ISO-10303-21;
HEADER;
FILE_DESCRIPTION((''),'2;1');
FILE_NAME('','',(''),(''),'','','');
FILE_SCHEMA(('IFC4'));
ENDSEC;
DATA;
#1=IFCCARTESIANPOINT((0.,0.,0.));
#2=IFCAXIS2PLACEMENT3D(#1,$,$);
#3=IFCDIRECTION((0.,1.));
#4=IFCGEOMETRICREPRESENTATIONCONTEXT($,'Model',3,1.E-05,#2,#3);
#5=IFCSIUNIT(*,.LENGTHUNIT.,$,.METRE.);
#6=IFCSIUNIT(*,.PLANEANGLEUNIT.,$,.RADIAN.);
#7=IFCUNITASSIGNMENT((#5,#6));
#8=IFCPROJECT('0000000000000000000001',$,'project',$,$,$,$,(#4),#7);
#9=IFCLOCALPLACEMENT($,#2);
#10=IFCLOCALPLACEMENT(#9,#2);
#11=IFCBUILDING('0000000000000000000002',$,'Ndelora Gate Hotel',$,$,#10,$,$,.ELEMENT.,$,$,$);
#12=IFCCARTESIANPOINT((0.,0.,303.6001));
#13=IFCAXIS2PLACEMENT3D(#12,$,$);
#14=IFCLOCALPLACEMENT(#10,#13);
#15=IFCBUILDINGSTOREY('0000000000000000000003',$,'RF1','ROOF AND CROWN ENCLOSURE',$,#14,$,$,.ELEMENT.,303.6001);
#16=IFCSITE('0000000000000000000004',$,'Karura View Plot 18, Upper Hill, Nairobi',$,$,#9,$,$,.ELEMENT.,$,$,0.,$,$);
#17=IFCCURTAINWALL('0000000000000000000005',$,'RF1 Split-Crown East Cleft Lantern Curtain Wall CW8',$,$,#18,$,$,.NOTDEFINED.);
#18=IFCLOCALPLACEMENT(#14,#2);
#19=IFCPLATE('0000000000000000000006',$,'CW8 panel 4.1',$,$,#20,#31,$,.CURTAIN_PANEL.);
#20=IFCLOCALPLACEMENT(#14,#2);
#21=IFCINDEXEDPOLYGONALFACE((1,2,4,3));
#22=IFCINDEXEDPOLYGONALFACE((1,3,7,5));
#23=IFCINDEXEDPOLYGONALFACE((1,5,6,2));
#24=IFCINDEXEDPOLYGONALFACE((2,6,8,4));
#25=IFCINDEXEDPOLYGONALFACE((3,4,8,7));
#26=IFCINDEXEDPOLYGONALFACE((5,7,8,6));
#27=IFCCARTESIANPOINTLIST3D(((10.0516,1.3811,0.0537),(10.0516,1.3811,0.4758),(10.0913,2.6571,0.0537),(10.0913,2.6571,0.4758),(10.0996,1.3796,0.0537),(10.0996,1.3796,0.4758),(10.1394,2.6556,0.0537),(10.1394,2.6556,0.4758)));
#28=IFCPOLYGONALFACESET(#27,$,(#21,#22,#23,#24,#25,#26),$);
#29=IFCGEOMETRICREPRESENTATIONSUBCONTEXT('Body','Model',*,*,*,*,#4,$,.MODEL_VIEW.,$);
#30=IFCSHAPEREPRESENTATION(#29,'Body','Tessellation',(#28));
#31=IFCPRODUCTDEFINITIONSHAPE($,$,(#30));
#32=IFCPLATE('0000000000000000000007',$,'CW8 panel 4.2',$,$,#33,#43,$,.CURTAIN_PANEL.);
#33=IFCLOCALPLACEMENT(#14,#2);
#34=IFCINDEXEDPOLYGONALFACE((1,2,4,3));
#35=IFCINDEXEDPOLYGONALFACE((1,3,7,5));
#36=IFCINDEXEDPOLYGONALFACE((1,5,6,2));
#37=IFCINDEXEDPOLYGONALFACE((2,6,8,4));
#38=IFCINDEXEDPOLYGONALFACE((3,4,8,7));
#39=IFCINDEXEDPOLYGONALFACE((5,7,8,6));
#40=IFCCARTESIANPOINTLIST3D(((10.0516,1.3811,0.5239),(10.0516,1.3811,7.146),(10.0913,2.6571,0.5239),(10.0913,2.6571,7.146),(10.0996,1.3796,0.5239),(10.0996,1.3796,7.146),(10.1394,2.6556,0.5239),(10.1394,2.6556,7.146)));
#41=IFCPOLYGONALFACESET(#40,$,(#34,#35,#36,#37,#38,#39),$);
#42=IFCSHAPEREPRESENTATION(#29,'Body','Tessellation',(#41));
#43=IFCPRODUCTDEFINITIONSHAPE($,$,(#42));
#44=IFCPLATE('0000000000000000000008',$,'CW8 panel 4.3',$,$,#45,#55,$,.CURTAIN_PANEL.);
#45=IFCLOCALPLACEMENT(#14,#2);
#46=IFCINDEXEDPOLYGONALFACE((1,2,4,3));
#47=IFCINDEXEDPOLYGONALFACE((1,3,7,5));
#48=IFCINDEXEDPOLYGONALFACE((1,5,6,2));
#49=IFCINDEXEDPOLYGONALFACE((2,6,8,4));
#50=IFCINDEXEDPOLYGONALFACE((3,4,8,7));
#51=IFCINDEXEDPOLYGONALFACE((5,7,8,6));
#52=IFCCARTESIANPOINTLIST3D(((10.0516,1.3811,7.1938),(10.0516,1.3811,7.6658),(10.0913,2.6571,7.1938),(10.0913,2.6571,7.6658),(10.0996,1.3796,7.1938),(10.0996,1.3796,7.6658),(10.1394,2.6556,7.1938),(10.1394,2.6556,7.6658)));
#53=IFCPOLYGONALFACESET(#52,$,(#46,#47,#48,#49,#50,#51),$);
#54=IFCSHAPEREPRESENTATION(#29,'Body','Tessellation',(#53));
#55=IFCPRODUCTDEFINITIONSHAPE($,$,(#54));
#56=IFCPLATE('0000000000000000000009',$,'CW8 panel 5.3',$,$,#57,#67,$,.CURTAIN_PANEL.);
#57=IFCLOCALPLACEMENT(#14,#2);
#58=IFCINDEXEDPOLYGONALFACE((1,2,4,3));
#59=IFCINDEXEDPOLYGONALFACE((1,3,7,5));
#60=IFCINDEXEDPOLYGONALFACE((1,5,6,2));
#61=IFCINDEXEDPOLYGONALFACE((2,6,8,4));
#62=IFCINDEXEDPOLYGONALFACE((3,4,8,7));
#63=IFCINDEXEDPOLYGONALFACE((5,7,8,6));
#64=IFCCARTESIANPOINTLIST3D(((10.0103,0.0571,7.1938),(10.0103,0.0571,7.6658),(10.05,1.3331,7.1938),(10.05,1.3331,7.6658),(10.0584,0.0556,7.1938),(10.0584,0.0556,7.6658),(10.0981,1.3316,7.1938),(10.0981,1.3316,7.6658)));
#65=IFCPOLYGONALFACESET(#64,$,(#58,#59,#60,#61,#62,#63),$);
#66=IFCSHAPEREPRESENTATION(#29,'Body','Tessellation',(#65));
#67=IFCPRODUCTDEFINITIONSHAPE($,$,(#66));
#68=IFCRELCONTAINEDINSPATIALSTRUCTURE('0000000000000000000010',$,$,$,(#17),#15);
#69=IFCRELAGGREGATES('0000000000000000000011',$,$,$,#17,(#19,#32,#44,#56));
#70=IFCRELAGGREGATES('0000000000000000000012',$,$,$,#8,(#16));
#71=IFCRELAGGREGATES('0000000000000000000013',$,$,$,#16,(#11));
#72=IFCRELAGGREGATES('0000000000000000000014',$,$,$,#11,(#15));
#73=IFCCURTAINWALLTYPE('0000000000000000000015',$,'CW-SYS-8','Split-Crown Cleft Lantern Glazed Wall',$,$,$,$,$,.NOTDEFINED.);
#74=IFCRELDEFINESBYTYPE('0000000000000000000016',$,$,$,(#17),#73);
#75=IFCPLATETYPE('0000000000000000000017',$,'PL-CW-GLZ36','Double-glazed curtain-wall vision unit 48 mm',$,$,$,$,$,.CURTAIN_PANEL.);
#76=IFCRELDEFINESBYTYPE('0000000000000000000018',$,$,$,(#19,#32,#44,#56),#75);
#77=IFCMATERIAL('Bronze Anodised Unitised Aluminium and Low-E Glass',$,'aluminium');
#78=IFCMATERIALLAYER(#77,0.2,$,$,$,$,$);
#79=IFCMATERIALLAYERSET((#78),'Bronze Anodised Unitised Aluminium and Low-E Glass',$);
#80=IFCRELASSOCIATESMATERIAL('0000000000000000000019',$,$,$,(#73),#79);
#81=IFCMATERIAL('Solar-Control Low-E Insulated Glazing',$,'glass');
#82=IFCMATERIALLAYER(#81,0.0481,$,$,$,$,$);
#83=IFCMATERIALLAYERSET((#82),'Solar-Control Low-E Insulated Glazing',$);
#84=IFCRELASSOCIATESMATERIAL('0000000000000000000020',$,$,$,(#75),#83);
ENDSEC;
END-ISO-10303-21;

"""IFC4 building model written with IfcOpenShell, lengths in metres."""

from ifc_helpers import new_model, si_unit, direction, frame, origin, origin_2d, place, context, subcontext, project, spatial, rectangle, extrude, material, layer, layer_set, type_object, element, aggregate, save


model = new_model("IFC4")

# Units and contexts
model_context = context("Model", 3, precision=1e-05, world=origin(), true_north=direction((0.0, 1.0)))
body_context = subcontext(model_context, "Body", "Model", "MODEL_VIEW")
ifc_project = project(units=[si_unit("LENGTHUNIT", "METRE"), si_unit("PLANEANGLEUNIT", "RADIAN")], contexts=[model_context])

# Site, building, storey
site_placement = place(None, origin())
site = spatial("IfcSite", under=ifc_project, at=site_placement, Name="Karura View Plot 18, Upper Hill, Nairobi", CompositionType="ELEMENT", RefElevation=0.0)
building_placement = place(site_placement, origin())
building = spatial("IfcBuilding", under=site, at=building_placement, Name="Ndelora Gate Hotel", CompositionType="ELEMENT")
storey_placement = place(building_placement, frame((0.0, 0.0, 303.6001)))
storey = spatial("IfcBuildingStorey", under=building, at=storey_placement, Name="RF1", Description="ROOF AND CROWN ENCLOSURE", CompositionType="ELEMENT", Elevation=303.6001)

# Shared definitions
ifc_material_1 = material(Name="Bronze Anodised Unitised Aluminium and Low-E Glass", Category="aluminium")
ifc_layer_1 = layer(ifc_material_1, 0.2)
ifc_layer_set_1 = layer_set([ifc_layer_1], Name="Bronze Anodised Unitised Aluminium and Low-E Glass")
curtain_wall_type = type_object("IfcCurtainWallType", Name="CW-SYS-8", Description="Split-Crown Cleft Lantern Glazed Wall", PredefinedType="NOTDEFINED", material=ifc_layer_set_1)

# Curtain wall
curtain_wall_1_placement = place(storey_placement, origin())
curtain_wall_1 = element("IfcCurtainWall", 1, at=curtain_wall_1_placement, inside=storey, type_object=curtain_wall_type, Name="RF1 Split-Crown East Cleft Lantern Curtain Wall CW8", PredefinedType="NOTDEFINED")

# Plates
ifc_material_2 = material(Name="Solar-Control Low-E Insulated Glazing", Category="glass")
ifc_layer_2 = layer(ifc_material_2, 0.0481)
ifc_layer_set_2 = layer_set([ifc_layer_2], Name="Solar-Control Low-E Insulated Glazing")
plate_type = type_object("IfcPlateType", Name="PL-CW-GLZ36", Description="Double-glazed curtain-wall vision unit 48 mm", PredefinedType="CURTAIN_PANEL", material=ifc_layer_set_2)
plate_1_placement = place(storey_placement, frame((10.0955, 2.0183, 0.0537), z_axis=(0.0, 0.0, 1.0), x_axis=(-0.031131, -0.999515, 0.0)))
plate_1 = element("IfcPlate", 2, at=plate_1_placement, type_object=plate_type, Name="CW8 panel 4.1", PredefinedType="CURTAIN_PANEL", context=body_context, shape_type="SweptSolid", body=[
    extrude(rectangle(XDim=1.2766, YDim=0.0481, at=origin_2d()), origin(), (0.0, 0.0, 1.0), 0.4221),
])
plate_2_placement = place(storey_placement, frame((10.0955, 2.0183, 0.5239), z_axis=(0.0, 0.0, 1.0), x_axis=(-0.031131, -0.999515, 0.0)))
plate_2 = element("IfcPlate", 3, at=plate_2_placement, type_object=plate_type, Name="CW8 panel 4.2", PredefinedType="CURTAIN_PANEL", context=body_context, shape_type="SweptSolid", body=[
    extrude(rectangle(XDim=1.2766, YDim=0.0481, at=origin_2d()), origin(), (0.0, 0.0, 1.0), 6.6221),
])
plate_3_placement = place(storey_placement, frame((10.0955, 2.0183, 7.1938), z_axis=(0.0, 0.0, 1.0), x_axis=(-0.031131, -0.999515, 0.0)))
plate_3 = element("IfcPlate", 4, at=plate_3_placement, type_object=plate_type, Name="CW8 panel 4.3", PredefinedType="CURTAIN_PANEL", context=body_context, shape_type="SweptSolid", body=[
    extrude(rectangle(XDim=1.2766, YDim=0.0481, at=origin_2d()), origin(), (0.0, 0.0, 1.0), 0.4719),
])
plate_4_placement = place(storey_placement, frame((10.0542, 0.6943, 7.1938), z_axis=(0.0, 0.0, 1.0), x_axis=(-0.031131, -0.999515, 0.0)))
plate_4 = element("IfcPlate", 5, at=plate_4_placement, type_object=plate_type, Name="CW8 panel 5.3", PredefinedType="CURTAIN_PANEL", context=body_context, shape_type="SweptSolid", body=[
    extrude(rectangle(XDim=1.2766, YDim=0.0481, at=origin_2d()), origin(), (0.0, 0.0, 1.0), 0.4719),
])
aggregate(curtain_wall_1, [plate_1, plate_2, plate_3, plate_4])

save(model, "model.ifc")
